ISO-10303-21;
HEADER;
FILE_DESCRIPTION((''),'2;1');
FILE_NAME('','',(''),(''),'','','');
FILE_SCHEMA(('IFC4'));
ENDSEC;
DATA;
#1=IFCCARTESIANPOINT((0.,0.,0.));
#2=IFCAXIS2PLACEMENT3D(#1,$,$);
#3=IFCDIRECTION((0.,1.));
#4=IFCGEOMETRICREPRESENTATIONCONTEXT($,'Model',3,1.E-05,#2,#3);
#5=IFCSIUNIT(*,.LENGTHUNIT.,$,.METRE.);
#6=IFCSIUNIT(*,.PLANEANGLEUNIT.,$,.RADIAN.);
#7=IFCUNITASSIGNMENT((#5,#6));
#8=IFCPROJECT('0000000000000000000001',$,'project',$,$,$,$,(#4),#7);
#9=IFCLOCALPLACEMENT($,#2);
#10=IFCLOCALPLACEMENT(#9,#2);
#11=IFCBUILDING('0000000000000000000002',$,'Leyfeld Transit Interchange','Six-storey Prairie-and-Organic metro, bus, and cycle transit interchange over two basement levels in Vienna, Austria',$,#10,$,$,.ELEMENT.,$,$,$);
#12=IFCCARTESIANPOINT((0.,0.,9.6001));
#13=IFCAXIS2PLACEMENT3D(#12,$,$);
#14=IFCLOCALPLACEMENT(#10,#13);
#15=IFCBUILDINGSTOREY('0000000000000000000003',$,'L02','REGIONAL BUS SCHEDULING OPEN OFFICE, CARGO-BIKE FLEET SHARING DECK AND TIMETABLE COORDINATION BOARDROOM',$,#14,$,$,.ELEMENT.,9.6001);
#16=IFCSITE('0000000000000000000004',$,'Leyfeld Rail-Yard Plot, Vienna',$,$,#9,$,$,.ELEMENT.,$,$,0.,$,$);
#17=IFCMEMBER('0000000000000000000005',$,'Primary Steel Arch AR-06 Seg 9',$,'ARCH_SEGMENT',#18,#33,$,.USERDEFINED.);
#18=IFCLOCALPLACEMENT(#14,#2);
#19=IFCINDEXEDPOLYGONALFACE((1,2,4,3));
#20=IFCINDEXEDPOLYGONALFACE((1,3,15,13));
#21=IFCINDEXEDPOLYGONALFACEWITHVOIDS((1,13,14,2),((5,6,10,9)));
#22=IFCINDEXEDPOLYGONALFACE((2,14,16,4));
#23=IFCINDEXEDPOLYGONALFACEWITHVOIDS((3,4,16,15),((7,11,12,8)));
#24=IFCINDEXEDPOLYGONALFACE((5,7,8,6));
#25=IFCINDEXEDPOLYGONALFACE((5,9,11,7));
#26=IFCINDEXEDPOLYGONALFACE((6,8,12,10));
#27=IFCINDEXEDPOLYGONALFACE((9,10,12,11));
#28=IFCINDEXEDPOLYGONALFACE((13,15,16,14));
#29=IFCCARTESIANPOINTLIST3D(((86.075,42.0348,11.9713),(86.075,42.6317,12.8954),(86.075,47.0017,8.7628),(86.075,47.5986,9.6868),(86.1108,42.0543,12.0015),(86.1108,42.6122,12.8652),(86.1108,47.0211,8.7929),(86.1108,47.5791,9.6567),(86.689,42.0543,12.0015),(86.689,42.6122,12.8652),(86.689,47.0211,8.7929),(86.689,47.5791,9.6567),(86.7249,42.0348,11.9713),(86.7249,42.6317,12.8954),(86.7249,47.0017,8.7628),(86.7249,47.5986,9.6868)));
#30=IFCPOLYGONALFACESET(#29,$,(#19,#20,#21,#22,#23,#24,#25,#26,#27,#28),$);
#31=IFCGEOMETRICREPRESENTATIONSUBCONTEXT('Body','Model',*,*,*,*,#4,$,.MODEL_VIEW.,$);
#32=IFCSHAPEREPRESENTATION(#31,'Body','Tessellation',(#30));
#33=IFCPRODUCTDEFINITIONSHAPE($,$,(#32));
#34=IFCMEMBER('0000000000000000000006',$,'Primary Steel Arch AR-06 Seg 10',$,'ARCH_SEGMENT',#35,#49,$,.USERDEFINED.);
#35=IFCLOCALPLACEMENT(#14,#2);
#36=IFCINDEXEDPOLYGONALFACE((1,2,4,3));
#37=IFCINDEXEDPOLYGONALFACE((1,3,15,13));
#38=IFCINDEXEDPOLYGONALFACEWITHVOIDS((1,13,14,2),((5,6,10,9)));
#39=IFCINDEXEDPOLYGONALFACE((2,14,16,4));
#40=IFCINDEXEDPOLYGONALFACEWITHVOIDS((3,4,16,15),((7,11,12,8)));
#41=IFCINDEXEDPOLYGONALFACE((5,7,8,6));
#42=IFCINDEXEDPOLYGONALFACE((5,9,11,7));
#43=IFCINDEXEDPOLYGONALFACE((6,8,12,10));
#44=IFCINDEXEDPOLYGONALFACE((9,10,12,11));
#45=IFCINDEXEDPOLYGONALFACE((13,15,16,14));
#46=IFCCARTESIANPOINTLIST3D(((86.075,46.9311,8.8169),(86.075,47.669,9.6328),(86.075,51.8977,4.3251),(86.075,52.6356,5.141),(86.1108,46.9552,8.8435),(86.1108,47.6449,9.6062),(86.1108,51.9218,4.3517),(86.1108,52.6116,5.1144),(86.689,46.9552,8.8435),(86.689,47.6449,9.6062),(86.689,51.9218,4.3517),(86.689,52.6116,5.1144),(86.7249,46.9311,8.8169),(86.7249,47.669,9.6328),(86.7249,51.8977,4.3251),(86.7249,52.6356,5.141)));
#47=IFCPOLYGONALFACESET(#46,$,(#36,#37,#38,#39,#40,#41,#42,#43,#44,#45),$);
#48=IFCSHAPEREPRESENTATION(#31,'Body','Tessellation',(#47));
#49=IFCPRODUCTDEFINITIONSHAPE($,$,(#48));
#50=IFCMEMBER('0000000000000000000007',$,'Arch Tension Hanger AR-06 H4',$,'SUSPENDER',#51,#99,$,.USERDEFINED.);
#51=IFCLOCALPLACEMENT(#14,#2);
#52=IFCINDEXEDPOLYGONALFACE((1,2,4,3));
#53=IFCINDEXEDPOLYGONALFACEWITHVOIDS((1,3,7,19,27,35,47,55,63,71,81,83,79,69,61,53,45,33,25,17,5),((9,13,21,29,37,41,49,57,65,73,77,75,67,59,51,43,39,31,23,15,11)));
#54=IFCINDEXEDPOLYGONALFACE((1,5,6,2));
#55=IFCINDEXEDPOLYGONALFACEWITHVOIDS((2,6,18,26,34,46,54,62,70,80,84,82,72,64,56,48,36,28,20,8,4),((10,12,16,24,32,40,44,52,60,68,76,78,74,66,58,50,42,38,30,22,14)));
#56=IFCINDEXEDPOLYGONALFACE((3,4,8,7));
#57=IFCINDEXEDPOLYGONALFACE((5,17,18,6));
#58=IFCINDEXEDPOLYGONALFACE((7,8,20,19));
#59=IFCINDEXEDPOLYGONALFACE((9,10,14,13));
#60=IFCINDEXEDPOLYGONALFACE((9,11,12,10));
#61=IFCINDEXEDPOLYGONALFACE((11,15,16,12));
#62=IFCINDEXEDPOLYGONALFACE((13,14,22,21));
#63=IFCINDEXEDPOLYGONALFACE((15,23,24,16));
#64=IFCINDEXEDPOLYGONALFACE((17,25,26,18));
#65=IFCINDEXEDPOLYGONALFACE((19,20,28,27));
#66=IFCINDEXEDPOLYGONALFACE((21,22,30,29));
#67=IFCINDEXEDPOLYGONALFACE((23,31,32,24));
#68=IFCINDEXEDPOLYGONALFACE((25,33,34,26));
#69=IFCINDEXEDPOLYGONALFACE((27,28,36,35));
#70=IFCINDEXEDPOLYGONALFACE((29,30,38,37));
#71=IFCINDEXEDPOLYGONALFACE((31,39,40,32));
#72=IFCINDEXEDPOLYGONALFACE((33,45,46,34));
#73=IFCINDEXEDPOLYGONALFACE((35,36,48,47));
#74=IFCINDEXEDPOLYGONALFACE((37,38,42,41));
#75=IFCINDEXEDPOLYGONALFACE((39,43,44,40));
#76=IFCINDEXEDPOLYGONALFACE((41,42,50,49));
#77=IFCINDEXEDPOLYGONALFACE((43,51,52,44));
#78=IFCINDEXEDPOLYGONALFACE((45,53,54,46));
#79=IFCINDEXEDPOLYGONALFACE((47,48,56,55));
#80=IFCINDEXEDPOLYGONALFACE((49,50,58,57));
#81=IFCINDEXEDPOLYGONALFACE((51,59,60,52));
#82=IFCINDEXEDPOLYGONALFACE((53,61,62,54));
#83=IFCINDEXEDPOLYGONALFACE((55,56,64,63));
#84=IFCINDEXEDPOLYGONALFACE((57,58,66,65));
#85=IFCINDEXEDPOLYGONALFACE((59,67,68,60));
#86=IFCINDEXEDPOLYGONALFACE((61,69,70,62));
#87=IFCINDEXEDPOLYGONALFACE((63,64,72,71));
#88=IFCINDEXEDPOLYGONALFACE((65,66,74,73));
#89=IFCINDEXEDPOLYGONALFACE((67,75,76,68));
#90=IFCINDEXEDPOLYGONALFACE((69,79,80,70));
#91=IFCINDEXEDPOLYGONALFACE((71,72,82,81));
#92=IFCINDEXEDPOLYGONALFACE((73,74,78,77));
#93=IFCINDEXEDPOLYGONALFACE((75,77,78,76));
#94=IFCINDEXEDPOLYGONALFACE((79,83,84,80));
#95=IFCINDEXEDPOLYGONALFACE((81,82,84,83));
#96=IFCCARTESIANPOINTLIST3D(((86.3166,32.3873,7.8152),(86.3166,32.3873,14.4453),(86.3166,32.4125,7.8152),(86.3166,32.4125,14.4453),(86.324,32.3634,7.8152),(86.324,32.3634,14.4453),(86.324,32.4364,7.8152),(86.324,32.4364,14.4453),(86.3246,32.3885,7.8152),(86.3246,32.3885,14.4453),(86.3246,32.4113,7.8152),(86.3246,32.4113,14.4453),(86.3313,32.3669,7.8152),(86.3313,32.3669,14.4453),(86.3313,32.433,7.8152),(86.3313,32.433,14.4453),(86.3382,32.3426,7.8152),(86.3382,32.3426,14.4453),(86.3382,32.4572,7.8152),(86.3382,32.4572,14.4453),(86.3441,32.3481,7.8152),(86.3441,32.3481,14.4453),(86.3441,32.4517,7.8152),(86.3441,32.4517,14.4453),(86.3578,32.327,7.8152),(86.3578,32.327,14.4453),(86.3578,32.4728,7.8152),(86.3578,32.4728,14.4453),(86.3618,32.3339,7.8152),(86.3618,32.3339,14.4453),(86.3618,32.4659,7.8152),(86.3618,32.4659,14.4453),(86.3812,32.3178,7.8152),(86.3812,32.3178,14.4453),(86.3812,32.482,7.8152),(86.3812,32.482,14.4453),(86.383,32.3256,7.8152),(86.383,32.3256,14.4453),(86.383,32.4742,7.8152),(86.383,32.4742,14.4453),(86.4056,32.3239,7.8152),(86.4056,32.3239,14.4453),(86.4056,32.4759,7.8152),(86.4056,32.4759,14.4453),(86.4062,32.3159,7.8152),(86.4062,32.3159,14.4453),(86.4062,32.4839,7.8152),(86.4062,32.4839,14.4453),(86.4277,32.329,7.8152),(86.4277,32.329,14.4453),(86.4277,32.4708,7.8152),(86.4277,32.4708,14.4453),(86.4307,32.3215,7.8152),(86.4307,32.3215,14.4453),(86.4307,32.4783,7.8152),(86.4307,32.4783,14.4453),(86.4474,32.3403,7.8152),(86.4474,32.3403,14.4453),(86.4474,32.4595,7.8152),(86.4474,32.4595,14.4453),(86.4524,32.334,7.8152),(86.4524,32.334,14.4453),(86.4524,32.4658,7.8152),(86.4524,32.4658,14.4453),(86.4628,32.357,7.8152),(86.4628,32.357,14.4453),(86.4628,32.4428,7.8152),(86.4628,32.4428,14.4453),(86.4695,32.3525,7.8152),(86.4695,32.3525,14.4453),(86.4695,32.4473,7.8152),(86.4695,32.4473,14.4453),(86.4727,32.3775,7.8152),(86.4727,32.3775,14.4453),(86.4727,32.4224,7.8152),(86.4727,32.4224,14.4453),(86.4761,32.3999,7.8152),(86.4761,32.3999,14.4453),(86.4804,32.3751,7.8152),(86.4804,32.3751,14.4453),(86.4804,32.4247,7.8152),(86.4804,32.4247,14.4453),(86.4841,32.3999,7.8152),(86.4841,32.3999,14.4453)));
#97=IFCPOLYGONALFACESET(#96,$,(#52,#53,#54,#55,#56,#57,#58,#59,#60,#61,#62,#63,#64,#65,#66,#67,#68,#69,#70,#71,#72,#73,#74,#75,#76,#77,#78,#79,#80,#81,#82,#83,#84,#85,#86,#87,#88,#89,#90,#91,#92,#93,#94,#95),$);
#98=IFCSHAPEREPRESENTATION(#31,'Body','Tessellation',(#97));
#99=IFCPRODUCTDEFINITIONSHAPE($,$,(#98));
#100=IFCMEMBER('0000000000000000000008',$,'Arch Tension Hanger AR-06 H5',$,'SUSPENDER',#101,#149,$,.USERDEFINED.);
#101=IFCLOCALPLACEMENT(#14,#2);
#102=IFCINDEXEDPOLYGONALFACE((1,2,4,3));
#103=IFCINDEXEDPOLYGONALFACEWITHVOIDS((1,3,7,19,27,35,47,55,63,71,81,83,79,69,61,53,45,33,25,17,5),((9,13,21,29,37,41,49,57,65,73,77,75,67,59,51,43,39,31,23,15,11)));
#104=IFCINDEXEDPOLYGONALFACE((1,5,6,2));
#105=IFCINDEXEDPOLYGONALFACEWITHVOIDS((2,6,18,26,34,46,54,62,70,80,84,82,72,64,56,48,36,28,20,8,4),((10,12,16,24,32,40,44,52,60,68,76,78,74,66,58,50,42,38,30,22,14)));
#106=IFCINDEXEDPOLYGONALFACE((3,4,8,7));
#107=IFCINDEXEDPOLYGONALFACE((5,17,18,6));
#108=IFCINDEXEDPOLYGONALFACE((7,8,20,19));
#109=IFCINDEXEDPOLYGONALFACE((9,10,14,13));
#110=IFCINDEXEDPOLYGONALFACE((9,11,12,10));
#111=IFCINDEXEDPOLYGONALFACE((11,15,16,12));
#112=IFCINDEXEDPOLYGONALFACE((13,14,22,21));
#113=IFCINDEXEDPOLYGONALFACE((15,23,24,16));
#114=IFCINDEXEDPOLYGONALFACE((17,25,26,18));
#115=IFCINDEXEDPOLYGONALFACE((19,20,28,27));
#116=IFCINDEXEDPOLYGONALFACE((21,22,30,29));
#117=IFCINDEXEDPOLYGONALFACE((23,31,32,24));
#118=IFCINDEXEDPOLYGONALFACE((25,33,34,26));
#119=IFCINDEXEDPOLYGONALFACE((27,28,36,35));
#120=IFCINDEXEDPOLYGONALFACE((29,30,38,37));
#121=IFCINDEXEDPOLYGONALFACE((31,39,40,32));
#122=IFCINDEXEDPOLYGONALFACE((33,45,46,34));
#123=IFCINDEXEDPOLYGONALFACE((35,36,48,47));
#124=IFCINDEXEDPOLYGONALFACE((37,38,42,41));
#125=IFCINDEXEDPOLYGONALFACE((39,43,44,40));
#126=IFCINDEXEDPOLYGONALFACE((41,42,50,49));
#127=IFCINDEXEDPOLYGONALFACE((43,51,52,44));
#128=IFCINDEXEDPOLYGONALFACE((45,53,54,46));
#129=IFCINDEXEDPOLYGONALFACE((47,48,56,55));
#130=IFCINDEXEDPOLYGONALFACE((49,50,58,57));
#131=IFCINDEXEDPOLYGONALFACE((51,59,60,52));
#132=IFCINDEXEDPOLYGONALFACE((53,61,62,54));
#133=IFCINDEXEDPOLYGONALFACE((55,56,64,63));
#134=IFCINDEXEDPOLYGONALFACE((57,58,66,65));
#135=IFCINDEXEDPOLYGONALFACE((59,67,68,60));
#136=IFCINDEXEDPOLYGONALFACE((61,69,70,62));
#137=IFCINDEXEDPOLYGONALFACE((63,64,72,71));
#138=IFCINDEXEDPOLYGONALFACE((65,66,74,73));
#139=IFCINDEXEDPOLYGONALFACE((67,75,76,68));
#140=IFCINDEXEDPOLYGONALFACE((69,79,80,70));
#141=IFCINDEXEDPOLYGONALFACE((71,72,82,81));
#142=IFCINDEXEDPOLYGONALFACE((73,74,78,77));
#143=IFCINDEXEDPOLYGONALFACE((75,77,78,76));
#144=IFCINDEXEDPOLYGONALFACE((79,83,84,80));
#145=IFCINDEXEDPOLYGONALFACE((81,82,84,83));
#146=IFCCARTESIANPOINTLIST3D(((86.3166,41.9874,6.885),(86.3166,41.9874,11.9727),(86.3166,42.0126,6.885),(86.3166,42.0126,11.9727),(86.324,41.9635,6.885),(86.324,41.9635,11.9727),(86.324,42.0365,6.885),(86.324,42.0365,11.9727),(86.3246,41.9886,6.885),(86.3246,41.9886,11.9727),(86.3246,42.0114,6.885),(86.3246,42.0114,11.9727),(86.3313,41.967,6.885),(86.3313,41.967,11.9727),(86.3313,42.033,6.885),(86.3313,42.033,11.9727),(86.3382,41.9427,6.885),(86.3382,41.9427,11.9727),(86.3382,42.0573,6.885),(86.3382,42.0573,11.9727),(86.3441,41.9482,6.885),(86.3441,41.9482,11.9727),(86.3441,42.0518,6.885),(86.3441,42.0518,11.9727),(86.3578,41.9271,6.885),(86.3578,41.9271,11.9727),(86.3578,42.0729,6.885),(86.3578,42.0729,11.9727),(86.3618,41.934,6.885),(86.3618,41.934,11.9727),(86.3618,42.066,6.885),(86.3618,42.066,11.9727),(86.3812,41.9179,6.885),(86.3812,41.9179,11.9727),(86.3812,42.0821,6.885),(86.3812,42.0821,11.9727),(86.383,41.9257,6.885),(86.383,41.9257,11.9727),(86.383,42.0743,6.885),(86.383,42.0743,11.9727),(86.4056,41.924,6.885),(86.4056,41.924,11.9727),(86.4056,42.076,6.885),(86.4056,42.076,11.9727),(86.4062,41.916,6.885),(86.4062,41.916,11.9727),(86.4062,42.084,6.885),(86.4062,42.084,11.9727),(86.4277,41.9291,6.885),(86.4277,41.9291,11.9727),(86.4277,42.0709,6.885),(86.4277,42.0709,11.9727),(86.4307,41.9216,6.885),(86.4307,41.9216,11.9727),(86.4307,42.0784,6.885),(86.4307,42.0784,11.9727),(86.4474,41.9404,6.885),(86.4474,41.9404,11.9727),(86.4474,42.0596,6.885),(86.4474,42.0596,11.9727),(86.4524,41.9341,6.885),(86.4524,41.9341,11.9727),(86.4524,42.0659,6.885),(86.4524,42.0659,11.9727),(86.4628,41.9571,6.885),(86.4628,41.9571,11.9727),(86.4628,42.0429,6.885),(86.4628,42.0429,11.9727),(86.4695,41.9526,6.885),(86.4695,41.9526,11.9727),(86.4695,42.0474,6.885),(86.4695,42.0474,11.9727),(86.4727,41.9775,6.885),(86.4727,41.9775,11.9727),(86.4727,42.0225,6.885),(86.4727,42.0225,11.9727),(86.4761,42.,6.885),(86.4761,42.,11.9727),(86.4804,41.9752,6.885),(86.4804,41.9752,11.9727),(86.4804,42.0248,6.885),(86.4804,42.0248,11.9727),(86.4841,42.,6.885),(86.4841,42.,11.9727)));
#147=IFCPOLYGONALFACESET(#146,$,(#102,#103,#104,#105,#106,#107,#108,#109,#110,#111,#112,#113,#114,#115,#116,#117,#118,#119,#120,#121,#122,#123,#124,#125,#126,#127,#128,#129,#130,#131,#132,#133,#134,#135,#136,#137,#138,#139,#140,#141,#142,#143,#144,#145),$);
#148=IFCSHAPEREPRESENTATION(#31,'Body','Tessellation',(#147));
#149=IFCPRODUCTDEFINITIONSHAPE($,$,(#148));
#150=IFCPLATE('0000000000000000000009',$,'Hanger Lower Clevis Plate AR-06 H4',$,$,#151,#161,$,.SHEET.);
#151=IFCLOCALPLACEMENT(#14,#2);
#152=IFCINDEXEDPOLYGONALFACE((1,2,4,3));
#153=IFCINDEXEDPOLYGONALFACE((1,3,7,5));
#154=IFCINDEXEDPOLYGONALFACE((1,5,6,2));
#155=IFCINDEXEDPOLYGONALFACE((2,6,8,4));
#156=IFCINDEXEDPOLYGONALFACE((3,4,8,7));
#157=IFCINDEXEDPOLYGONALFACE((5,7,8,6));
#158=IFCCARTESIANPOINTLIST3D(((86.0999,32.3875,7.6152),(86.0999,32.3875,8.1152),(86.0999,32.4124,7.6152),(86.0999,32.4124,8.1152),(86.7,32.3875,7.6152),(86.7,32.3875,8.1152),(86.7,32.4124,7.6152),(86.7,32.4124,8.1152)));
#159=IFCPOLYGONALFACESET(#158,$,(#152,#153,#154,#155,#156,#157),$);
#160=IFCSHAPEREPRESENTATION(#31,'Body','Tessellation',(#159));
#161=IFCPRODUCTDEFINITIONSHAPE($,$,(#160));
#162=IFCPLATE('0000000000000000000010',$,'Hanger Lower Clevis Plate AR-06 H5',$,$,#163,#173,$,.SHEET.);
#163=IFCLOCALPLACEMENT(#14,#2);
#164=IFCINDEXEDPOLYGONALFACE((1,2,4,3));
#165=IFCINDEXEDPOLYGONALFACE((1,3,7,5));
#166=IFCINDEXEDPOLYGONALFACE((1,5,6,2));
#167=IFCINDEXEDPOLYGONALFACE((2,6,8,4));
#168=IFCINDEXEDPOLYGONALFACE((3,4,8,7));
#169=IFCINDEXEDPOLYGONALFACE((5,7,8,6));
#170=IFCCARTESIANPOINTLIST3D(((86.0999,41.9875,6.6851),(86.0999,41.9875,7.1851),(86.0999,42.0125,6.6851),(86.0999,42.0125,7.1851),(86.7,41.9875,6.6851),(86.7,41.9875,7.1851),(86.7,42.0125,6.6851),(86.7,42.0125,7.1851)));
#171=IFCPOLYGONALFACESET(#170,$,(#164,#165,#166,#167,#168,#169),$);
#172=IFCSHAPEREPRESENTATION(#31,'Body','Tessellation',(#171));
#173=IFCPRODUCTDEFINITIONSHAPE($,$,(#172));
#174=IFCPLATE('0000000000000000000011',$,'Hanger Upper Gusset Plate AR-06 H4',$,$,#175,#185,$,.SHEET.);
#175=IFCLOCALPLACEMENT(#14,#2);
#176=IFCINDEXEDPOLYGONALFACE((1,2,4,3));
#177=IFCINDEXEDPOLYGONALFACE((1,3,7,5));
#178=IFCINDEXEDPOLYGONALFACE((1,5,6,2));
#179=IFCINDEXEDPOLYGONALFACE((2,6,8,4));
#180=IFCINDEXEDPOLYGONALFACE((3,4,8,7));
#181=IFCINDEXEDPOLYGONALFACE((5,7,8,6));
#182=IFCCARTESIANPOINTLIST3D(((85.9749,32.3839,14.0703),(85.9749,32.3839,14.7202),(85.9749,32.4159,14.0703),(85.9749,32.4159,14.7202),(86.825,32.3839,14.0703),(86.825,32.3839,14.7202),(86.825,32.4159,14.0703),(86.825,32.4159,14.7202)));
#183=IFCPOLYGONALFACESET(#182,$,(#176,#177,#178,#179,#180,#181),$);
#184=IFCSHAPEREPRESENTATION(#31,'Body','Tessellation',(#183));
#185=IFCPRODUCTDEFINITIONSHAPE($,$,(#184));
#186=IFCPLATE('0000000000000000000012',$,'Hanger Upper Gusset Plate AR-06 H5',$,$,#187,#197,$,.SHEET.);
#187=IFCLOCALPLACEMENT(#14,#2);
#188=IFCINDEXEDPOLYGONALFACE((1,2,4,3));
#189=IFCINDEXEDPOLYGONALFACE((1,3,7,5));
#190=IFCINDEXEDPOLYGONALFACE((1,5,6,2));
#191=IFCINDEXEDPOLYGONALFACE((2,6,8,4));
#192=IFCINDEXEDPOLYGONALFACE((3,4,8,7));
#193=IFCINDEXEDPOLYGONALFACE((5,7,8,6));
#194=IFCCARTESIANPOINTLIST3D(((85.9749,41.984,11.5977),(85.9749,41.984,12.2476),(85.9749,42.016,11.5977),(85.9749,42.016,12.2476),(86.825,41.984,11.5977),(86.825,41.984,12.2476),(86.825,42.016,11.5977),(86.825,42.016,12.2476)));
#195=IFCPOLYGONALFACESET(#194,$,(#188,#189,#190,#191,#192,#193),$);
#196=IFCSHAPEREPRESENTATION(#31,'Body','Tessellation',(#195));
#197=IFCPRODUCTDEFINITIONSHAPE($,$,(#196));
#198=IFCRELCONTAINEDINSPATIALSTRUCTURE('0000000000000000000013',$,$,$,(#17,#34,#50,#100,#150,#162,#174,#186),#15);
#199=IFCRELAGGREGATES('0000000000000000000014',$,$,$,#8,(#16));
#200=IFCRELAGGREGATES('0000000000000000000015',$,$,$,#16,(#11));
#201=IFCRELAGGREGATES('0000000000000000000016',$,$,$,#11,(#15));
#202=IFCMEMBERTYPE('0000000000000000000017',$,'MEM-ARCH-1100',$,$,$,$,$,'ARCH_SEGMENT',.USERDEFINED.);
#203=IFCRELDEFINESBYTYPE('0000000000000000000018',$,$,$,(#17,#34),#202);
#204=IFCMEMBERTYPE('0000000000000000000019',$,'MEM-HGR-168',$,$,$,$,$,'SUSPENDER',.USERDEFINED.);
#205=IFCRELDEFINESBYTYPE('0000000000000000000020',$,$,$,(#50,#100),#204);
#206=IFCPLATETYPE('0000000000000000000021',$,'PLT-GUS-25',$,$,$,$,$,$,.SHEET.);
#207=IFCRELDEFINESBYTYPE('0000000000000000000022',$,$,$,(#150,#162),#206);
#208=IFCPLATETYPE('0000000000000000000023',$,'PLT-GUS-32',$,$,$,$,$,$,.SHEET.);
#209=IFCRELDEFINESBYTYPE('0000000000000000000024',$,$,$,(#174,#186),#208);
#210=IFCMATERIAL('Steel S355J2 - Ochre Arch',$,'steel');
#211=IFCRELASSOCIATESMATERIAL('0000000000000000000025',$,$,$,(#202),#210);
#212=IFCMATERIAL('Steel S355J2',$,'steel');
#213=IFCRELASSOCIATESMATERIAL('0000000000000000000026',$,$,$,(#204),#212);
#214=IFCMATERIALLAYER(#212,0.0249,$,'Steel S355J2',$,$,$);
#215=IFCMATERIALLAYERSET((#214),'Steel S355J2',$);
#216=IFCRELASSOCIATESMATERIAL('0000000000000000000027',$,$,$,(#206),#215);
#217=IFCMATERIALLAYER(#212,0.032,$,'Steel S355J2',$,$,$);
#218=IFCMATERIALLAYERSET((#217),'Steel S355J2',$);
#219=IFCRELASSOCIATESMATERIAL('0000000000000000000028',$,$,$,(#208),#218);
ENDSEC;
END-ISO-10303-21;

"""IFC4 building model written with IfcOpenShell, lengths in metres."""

from ifc_helpers import new_model, si_unit, direction, frame, origin, origin_2d, place, context, subcontext, project, spatial, rectangle, hollow_rectangle, hollow_circle, extrude, material, layer, layer_set, material_profile, profile_set, type_object, element, save


model = new_model("IFC4")

# Units and contexts
model_context = context("Model", 3, precision=1e-05, world=origin(), true_north=direction((0.0, 1.0)))
body_context = subcontext(model_context, "Body", "Model", "MODEL_VIEW")
ifc_project = project(units=[si_unit("LENGTHUNIT", "METRE"), si_unit("PLANEANGLEUNIT", "RADIAN")], contexts=[model_context])

# Site, building, storey
site_placement = place(None, origin())
site = spatial("IfcSite", under=ifc_project, at=site_placement, Name="Leyfeld Rail-Yard Plot, Vienna", CompositionType="ELEMENT", RefElevation=0.0)
building_placement = place(site_placement, origin())
building = spatial("IfcBuilding", under=site, at=building_placement, Name="Leyfeld Transit Interchange", Description="Six-storey Prairie-and-Organic metro, bus, and cycle transit interchange over two basement levels in Vienna, Austria", CompositionType="ELEMENT")
storey_placement = place(building_placement, frame((0.0, 0.0, 9.6001)))
storey = spatial("IfcBuildingStorey", under=building, at=storey_placement, Name="L02", Description="REGIONAL BUS SCHEDULING OPEN OFFICE, CARGO-BIKE FLEET SHARING DECK AND TIMETABLE COORDINATION BOARDROOM", CompositionType="ELEMENT", Elevation=9.6001)

# Members
ifc_material_1 = material(Name="Steel S355J2 - Ochre Arch", Category="steel")
ifc_material_profile_1 = material_profile(ifc_material_1, hollow_rectangle(XDim=0.6499, YDim=1.1001, WallThickness=0.0359, at=origin_2d()), Name="RHS 1100x650x36")
ifc_profile_set_1 = profile_set([ifc_material_profile_1], Name="Steel S355J2 - Ochre Arch")
member_type_1 = type_object("IfcMemberType", Name="MEM-ARCH-1100", ElementType="ARCH_SEGMENT", PredefinedType="USERDEFINED", material=ifc_profile_set_1)
member_1_placement = place(storey_placement, frame((86.3999, 42.3333, 12.4333), z_axis=(0.0, 0.83998, -0.542618), x_axis=(-1.0, 0.0, 0.0)))
element("IfcMember", 1, at=member_1_placement, inside=storey, type_object=member_type_1, Name="Primary Steel Arch AR-06 Seg 9", ObjectType="ARCH_SEGMENT", PredefinedType="USERDEFINED", context=body_context, shape_type="SweptSolid", body=[
    extrude(hollow_rectangle(XDim=0.6499, YDim=1.1001, WallThickness=0.0359, at=origin_2d()), origin(), (0.0, 0.0, 1.0), 5.9131),
])
member_2_placement = place(storey_placement, frame((86.3999, 47.3, 9.2249), z_axis=(0.0, 0.741673, -0.670762), x_axis=(-1.0, 0.0, 0.0)))
element("IfcMember", 2, at=member_2_placement, inside=storey, type_object=member_type_1, Name="Primary Steel Arch AR-06 Seg 10", ObjectType="ARCH_SEGMENT", PredefinedType="USERDEFINED", context=body_context, shape_type="SweptSolid", body=[
    extrude(hollow_rectangle(XDim=0.6499, YDim=1.1001, WallThickness=0.0359, at=origin_2d()), origin(), (0.0, 0.0, 1.0), 6.6965),
])
ifc_material_2 = material(Name="Steel S355J2", Category="steel")
ifc_material_profile_2 = material_profile(ifc_material_2, hollow_circle(Radius=0.0842, WallThickness=0.0081, at=origin_2d()), Name="CHS 168.3x8")
ifc_profile_set_2 = profile_set([ifc_material_profile_2], Name="Steel S355J2")
member_type_2 = type_object("IfcMemberType", Name="MEM-HGR-168", ElementType="SUSPENDER", PredefinedType="USERDEFINED", material=ifc_profile_set_2)
member_3_placement = place(storey_placement, frame((86.3999, 32.3999, 7.8152), z_axis=(0.0, 0.0, 1.0), x_axis=(1.0, 0.0, 0.0)))
element("IfcMember", 3, at=member_3_placement, inside=storey, type_object=member_type_2, Name="Arch Tension Hanger AR-06 H4", ObjectType="SUSPENDER", PredefinedType="USERDEFINED", context=body_context, shape_type="SweptSolid", body=[
    extrude(hollow_circle(Radius=0.0842, WallThickness=0.0081, at=origin_2d()), origin(), (0.0, 0.0, 1.0), 6.6301),
])
member_4_placement = place(storey_placement, frame((86.3999, 42.0, 6.885), z_axis=(0.0, 0.0, 1.0), x_axis=(1.0, 0.0, 0.0)))
element("IfcMember", 4, at=member_4_placement, inside=storey, type_object=member_type_2, Name="Arch Tension Hanger AR-06 H5", ObjectType="SUSPENDER", PredefinedType="USERDEFINED", context=body_context, shape_type="SweptSolid", body=[
    extrude(hollow_circle(Radius=0.0842, WallThickness=0.0081, at=origin_2d()), origin(), (0.0, 0.0, 1.0), 5.0876),
])

# Plates
ifc_layer_1 = layer(ifc_material_2, 0.0249, Name="Steel S355J2")
ifc_layer_set_1 = layer_set([ifc_layer_1], Name="Steel S355J2")
plate_type_1 = type_object("IfcPlateType", Name="PLT-GUS-25", PredefinedType="SHEET", material=ifc_layer_set_1)
for number, where, z_axis, x_axis, name in (
    (5, (86.3999, 32.3999, 7.6152), (0.0, 0.0, 1.0), (1.0, 0.0, 0.0), "Hanger Lower Clevis Plate AR-06 H4"),
    (6, (86.3999, 42.0, 6.6851), (0.0, 0.0, 1.0), (1.0, 0.0, 0.0), "Hanger Lower Clevis Plate AR-06 H5"),
):
    element("IfcPlate", number, at=place(storey_placement, frame(where, z_axis=z_axis, x_axis=x_axis)), inside=storey, type_object=plate_type_1, Name=name, PredefinedType="SHEET", context=body_context, shape_type="SweptSolid", body=[
        extrude(rectangle(XDim=0.6001, YDim=0.0249, at=origin_2d()), origin(), (0.0, 0.0, 1.0), 0.5),
    ])
ifc_layer_2 = layer(ifc_material_2, 0.032, Name="Steel S355J2")
ifc_layer_set_2 = layer_set([ifc_layer_2], Name="Steel S355J2")
plate_type_2 = type_object("IfcPlateType", Name="PLT-GUS-32", PredefinedType="SHEET", material=ifc_layer_set_2)
for number, where, z_axis, x_axis, name in (
    (7, (86.3999, 32.3999, 14.0703), (0.0, 0.0, 1.0), (1.0, 0.0, 0.0), "Hanger Upper Gusset Plate AR-06 H4"),
    (8, (86.3999, 42.0, 11.5977), (0.0, 0.0, 1.0), (1.0, 0.0, 0.0), "Hanger Upper Gusset Plate AR-06 H5"),
):
    element("IfcPlate", number, at=place(storey_placement, frame(where, z_axis=z_axis, x_axis=x_axis)), inside=storey, type_object=plate_type_2, Name=name, PredefinedType="SHEET", context=body_context, shape_type="SweptSolid", body=[
        extrude(rectangle(XDim=0.8501, YDim=0.032, at=origin_2d()), origin(), (0.0, 0.0, 1.0), 0.6499),
    ])

save(model, "model.ifc")
